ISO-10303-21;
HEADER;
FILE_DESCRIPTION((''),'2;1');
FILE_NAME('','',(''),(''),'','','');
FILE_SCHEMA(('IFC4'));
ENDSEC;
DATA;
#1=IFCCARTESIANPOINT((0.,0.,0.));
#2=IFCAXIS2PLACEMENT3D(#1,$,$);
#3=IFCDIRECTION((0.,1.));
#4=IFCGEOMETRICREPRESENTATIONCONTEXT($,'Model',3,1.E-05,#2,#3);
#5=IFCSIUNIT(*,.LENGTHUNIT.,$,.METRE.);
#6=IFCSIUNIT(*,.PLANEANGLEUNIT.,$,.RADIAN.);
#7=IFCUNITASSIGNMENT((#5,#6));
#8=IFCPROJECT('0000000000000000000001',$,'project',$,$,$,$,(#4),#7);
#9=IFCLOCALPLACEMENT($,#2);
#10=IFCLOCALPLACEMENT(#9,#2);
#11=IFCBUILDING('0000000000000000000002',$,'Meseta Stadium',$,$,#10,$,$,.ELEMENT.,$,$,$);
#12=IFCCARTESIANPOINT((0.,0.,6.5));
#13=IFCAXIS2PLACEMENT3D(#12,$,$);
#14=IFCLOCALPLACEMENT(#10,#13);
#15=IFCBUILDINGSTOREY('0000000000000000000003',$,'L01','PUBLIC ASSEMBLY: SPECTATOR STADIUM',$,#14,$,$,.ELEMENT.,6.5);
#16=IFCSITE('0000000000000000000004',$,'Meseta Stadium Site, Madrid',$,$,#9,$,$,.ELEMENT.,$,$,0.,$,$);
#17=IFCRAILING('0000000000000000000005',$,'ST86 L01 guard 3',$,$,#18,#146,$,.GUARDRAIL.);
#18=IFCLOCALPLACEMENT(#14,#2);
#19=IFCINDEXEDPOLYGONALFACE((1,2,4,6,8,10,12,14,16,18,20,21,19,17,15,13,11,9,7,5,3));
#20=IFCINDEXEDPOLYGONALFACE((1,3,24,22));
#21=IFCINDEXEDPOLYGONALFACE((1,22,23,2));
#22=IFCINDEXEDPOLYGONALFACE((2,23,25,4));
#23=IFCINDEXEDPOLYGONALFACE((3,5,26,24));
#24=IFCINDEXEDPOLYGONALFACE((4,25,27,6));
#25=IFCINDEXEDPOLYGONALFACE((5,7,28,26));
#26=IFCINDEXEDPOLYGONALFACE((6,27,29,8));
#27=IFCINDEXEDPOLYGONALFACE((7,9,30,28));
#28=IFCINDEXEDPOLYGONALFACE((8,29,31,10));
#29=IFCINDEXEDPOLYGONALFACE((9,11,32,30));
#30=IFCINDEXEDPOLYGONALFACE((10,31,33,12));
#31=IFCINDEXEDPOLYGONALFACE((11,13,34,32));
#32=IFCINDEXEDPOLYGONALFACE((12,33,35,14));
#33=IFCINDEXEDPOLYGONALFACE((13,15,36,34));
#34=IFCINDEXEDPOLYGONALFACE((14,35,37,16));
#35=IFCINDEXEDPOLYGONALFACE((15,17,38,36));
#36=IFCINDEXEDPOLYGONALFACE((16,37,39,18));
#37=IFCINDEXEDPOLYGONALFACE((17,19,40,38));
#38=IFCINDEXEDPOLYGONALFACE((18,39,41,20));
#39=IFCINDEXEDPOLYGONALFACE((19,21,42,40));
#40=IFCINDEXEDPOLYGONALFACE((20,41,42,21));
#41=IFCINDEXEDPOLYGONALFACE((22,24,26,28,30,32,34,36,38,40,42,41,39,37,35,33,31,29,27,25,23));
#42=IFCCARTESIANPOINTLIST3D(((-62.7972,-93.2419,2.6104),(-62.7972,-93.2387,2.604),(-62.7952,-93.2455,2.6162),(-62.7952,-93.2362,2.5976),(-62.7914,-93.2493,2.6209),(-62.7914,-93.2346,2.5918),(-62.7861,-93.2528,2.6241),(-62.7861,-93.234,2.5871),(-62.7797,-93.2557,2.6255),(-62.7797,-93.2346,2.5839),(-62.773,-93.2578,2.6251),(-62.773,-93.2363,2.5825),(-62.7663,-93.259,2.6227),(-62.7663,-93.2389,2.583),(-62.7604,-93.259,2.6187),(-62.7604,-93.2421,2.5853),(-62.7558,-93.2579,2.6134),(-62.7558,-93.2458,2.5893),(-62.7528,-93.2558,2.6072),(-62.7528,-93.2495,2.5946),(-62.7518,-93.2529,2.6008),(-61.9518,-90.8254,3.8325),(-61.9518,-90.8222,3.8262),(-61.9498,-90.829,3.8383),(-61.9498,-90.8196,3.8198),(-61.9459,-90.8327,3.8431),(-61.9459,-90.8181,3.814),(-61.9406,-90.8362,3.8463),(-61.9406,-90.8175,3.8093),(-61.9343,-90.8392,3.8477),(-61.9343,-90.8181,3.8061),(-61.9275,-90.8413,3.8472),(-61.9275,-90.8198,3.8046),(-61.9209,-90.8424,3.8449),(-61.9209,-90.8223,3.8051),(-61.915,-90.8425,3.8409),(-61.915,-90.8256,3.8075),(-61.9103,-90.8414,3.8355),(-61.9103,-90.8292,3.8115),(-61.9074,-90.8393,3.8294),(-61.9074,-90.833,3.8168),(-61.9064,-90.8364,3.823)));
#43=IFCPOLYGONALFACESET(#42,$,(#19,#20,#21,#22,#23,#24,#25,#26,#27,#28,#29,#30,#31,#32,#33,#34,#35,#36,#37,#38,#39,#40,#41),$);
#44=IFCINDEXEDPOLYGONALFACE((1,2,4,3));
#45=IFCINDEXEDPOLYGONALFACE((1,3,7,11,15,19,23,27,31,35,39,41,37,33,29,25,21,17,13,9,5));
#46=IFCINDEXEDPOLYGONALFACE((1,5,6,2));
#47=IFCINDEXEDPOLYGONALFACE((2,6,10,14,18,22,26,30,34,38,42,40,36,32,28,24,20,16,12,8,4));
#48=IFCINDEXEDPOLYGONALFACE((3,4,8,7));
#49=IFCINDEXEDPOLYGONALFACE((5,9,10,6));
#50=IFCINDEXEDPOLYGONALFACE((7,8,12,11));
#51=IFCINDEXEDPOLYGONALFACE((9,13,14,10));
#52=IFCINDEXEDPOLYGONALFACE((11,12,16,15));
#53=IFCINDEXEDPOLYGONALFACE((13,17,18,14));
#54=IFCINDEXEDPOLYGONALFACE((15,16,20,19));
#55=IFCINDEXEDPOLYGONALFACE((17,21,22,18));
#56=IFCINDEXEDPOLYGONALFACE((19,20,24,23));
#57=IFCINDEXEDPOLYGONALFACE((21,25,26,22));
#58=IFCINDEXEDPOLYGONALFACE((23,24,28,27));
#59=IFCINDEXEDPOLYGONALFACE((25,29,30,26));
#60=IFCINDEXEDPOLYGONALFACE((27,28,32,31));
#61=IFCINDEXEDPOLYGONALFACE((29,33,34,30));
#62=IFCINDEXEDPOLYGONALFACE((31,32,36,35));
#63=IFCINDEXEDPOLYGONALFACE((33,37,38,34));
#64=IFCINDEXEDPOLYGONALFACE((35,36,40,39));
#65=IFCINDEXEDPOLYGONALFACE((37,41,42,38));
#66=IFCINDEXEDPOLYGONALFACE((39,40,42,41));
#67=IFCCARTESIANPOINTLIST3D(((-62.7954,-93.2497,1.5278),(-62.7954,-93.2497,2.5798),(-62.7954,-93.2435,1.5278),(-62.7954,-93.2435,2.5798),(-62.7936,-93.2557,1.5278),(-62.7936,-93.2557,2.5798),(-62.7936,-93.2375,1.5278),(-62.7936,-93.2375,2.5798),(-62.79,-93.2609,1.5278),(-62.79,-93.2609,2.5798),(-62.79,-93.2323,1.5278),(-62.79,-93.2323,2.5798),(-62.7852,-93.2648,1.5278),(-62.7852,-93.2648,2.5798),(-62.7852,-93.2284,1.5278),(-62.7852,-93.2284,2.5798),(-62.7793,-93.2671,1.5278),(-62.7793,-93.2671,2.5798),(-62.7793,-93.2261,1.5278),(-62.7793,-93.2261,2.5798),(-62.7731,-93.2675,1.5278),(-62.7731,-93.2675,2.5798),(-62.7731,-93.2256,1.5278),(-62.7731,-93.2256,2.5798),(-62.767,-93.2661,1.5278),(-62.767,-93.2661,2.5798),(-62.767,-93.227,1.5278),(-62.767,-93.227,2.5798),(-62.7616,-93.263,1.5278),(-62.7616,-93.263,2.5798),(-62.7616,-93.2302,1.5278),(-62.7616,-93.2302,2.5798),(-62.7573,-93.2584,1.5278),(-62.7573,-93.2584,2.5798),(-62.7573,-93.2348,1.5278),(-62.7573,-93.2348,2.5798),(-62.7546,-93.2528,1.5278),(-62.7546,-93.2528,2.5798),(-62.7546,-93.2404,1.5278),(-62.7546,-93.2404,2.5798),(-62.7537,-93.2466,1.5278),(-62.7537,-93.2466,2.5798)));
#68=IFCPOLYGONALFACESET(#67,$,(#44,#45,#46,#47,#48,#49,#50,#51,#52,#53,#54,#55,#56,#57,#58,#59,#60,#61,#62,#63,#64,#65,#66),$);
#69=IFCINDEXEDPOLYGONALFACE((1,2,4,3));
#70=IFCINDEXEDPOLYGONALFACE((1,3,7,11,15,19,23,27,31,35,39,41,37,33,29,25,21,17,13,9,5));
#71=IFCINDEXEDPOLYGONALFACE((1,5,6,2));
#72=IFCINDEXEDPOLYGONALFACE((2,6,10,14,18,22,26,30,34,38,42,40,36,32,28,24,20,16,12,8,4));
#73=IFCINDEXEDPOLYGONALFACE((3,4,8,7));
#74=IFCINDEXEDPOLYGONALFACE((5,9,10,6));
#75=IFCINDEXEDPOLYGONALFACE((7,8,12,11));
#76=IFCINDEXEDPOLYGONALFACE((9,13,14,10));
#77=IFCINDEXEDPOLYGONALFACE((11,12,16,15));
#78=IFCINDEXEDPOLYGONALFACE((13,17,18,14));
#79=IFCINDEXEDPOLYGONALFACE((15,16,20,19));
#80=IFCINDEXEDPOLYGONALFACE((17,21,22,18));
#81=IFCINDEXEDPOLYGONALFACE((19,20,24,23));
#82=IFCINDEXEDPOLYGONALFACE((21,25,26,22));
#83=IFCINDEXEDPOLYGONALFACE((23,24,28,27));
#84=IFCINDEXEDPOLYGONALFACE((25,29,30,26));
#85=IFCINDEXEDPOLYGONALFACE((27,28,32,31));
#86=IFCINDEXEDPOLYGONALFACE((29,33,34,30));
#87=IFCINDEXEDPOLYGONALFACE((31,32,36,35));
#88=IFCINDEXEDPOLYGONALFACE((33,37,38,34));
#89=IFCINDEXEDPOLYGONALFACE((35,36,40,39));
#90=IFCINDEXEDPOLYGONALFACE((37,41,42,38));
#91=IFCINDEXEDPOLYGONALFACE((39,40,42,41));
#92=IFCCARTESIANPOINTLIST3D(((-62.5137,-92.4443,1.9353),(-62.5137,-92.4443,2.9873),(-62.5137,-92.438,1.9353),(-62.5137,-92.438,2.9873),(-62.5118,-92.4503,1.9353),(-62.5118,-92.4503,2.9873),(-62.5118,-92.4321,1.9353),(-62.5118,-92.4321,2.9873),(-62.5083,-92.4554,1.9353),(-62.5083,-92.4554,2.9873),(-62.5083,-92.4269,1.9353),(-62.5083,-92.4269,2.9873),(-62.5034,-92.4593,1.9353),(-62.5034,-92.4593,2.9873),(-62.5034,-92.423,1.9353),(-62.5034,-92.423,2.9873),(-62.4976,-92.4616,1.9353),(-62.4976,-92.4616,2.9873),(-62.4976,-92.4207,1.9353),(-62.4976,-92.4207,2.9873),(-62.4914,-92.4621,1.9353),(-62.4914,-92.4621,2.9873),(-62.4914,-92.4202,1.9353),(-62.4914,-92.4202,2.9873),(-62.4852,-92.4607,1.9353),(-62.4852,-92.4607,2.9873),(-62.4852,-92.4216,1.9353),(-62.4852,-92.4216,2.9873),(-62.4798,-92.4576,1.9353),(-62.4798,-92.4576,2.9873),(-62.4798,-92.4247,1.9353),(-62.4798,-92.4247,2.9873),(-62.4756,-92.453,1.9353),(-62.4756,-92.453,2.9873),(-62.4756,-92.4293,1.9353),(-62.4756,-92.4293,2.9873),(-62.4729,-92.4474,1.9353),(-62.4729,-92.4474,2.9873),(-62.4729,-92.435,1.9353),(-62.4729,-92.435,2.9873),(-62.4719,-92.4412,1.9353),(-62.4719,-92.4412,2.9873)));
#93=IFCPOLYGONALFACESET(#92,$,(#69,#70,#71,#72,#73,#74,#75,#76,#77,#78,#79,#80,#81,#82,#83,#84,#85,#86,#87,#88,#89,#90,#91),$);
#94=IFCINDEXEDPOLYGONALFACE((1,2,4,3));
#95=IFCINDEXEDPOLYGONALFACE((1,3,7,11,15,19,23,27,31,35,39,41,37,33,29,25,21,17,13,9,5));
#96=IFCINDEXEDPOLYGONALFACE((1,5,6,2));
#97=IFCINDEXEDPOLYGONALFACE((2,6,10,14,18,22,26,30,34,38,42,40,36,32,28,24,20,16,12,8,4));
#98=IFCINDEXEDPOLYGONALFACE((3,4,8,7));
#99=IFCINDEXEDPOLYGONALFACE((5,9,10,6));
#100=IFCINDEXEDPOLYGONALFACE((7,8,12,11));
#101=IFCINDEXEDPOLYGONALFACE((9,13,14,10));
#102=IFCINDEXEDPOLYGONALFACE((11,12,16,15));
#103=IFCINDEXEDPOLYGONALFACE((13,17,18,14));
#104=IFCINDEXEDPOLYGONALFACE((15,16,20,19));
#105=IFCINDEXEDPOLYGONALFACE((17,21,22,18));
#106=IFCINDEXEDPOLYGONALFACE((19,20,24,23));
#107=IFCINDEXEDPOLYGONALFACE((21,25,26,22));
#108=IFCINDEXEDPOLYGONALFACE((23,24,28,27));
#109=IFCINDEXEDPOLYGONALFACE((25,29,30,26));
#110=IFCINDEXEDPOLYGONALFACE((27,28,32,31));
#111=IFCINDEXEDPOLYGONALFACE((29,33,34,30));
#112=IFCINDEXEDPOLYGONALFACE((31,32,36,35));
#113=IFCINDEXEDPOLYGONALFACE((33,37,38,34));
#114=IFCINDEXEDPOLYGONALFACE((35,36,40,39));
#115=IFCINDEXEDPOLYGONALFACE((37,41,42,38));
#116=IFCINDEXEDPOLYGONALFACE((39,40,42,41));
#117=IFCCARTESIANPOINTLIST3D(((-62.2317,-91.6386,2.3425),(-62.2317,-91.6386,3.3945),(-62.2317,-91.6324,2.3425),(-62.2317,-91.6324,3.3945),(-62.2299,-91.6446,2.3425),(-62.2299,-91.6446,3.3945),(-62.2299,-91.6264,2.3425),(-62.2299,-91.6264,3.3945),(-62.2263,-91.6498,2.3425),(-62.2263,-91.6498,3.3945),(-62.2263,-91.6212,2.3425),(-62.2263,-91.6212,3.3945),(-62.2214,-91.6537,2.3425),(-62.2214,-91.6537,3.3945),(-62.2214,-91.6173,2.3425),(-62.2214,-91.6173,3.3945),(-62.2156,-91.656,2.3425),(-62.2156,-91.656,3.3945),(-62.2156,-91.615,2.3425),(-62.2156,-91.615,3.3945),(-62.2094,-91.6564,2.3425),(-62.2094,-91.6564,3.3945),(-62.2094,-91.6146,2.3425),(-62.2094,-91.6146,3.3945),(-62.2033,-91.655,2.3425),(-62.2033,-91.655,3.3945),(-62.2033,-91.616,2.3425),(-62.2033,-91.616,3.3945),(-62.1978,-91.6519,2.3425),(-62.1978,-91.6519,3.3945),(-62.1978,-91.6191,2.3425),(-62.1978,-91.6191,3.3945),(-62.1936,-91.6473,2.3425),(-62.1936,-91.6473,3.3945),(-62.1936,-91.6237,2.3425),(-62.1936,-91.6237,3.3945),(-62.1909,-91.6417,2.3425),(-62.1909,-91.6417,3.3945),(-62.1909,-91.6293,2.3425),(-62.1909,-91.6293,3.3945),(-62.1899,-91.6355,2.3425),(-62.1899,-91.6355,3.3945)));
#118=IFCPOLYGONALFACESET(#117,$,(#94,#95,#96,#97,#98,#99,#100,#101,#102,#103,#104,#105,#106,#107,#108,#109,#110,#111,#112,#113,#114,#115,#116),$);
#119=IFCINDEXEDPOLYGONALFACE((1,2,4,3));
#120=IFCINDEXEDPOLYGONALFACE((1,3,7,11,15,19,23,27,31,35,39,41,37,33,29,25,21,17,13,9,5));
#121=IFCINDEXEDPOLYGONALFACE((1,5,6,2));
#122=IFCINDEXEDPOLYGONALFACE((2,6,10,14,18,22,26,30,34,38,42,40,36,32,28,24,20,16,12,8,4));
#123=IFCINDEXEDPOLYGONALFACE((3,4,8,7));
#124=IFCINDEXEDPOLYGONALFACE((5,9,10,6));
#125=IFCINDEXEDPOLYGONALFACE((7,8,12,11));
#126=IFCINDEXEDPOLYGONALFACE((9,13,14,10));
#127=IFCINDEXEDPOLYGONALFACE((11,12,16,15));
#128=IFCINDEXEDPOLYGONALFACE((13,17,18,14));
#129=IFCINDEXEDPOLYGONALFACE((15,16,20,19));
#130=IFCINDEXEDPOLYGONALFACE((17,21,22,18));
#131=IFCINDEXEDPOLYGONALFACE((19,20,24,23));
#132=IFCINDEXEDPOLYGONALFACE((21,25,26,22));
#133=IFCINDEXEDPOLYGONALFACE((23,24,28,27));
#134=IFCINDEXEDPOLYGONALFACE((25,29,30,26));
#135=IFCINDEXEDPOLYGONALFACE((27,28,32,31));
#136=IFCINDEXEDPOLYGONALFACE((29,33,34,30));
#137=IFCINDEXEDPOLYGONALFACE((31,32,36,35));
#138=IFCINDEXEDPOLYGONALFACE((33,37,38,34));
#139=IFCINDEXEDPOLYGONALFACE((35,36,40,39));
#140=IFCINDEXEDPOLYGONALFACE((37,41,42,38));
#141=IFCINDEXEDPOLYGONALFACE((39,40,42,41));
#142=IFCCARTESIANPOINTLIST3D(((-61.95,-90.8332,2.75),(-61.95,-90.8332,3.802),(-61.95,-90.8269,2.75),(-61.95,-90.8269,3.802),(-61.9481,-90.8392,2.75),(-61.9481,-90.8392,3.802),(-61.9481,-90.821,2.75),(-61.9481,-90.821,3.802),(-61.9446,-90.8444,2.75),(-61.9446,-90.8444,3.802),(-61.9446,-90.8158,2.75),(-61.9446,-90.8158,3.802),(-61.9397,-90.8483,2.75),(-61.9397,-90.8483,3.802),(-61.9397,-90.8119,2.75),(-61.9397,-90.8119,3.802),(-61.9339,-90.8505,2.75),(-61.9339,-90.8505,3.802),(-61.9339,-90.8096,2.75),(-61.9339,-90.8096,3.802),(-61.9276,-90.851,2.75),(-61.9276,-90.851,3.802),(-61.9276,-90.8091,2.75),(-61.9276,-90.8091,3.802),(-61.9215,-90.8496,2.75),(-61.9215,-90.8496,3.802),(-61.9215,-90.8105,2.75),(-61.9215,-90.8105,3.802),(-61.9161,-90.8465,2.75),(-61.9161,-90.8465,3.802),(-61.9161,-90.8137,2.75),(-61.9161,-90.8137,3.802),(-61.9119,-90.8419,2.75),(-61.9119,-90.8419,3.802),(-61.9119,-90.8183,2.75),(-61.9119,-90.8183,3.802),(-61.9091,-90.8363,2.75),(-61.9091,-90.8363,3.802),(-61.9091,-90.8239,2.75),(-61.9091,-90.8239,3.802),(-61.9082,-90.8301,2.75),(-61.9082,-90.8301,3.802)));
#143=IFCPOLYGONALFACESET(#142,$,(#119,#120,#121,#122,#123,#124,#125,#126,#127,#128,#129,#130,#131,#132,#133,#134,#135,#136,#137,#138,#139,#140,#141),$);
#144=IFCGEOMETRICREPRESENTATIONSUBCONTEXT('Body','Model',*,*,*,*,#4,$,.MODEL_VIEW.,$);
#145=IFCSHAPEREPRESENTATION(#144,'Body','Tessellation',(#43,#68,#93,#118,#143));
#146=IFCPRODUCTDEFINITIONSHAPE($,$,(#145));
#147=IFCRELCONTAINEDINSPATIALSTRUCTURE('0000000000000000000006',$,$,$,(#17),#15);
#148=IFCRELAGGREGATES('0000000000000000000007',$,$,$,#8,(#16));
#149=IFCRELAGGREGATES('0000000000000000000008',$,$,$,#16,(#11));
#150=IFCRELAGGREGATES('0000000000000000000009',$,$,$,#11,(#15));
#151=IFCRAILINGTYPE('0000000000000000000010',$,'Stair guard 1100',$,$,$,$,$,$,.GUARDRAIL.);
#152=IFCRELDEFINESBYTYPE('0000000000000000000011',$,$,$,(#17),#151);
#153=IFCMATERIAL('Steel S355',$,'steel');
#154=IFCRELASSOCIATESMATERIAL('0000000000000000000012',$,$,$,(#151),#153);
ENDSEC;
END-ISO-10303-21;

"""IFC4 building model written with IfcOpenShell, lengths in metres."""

from ifc_helpers import new_model, si_unit, direction, frame, origin, origin_2d, place, context, subcontext, project, spatial, circle, extrude, material, type_object, element, save


model = new_model("IFC4")

# Units and contexts
model_context = context("Model", 3, precision=1e-05, world=origin(), true_north=direction((0.0, 1.0)))
body_context = subcontext(model_context, "Body", "Model", "MODEL_VIEW")
ifc_project = project(units=[si_unit("LENGTHUNIT", "METRE"), si_unit("PLANEANGLEUNIT", "RADIAN")], contexts=[model_context])

# Site, building, storey
site_placement = place(None, origin())
site = spatial("IfcSite", under=ifc_project, at=site_placement, Name="Meseta Stadium Site, Madrid", CompositionType="ELEMENT", RefElevation=0.0)
building_placement = place(site_placement, origin())
building = spatial("IfcBuilding", under=site, at=building_placement, Name="Meseta Stadium", CompositionType="ELEMENT")
storey_placement = place(building_placement, frame((0.0, 0.0, 6.5)))
storey = spatial("IfcBuildingStorey", under=building, at=storey_placement, Name="L01", Description="PUBLIC ASSEMBLY: SPECTATOR STADIUM", CompositionType="ELEMENT", Elevation=6.5)

# Railing
ifc_material_1 = material(Name="Steel S355", Category="steel")
railing_type_1 = type_object("IfcRailingType", Name="Stair guard 1100", PredefinedType="GUARDRAIL", material=ifc_material_1)
railing_1_placement = place(storey_placement, frame((-62.7747, -93.2466, 1.5278)))
element("IfcRailing", 1, at=railing_1_placement, inside=storey, type_object=railing_type_1, Name="ST86 L01 guard 3", PredefinedType="GUARDRAIL", context=body_context, shape_type="SweptSolid", body=[
    extrude(circle(Radius=0.0239, at=origin_2d()), frame((0.0, 0.0, 1.0762), z_axis=(0.298022, 0.851812, 0.430811), x_axis=(-0.943897, 0.33024, 0.0)), (0.0, 0.0, 1.0), 2.8369),
    extrude(circle(Radius=0.021, at=origin_2d()), origin(), (0.0, 0.0, 1.0), 1.052),
    extrude(circle(Radius=0.021, at=origin_2d()), frame((0.2817, 0.8054, 0.4075)), (0.0, 0.0, 1.0), 1.052),
    extrude(circle(Radius=0.021, at=origin_2d()), frame((0.5637, 1.6111, 0.8147)), (0.0, 0.0, 1.0), 1.052),
    extrude(circle(Radius=0.021, at=origin_2d()), frame((0.8455, 2.4165, 1.2222)), (0.0, 0.0, 1.0), 1.052),
])

save(model, "model.ifc")
